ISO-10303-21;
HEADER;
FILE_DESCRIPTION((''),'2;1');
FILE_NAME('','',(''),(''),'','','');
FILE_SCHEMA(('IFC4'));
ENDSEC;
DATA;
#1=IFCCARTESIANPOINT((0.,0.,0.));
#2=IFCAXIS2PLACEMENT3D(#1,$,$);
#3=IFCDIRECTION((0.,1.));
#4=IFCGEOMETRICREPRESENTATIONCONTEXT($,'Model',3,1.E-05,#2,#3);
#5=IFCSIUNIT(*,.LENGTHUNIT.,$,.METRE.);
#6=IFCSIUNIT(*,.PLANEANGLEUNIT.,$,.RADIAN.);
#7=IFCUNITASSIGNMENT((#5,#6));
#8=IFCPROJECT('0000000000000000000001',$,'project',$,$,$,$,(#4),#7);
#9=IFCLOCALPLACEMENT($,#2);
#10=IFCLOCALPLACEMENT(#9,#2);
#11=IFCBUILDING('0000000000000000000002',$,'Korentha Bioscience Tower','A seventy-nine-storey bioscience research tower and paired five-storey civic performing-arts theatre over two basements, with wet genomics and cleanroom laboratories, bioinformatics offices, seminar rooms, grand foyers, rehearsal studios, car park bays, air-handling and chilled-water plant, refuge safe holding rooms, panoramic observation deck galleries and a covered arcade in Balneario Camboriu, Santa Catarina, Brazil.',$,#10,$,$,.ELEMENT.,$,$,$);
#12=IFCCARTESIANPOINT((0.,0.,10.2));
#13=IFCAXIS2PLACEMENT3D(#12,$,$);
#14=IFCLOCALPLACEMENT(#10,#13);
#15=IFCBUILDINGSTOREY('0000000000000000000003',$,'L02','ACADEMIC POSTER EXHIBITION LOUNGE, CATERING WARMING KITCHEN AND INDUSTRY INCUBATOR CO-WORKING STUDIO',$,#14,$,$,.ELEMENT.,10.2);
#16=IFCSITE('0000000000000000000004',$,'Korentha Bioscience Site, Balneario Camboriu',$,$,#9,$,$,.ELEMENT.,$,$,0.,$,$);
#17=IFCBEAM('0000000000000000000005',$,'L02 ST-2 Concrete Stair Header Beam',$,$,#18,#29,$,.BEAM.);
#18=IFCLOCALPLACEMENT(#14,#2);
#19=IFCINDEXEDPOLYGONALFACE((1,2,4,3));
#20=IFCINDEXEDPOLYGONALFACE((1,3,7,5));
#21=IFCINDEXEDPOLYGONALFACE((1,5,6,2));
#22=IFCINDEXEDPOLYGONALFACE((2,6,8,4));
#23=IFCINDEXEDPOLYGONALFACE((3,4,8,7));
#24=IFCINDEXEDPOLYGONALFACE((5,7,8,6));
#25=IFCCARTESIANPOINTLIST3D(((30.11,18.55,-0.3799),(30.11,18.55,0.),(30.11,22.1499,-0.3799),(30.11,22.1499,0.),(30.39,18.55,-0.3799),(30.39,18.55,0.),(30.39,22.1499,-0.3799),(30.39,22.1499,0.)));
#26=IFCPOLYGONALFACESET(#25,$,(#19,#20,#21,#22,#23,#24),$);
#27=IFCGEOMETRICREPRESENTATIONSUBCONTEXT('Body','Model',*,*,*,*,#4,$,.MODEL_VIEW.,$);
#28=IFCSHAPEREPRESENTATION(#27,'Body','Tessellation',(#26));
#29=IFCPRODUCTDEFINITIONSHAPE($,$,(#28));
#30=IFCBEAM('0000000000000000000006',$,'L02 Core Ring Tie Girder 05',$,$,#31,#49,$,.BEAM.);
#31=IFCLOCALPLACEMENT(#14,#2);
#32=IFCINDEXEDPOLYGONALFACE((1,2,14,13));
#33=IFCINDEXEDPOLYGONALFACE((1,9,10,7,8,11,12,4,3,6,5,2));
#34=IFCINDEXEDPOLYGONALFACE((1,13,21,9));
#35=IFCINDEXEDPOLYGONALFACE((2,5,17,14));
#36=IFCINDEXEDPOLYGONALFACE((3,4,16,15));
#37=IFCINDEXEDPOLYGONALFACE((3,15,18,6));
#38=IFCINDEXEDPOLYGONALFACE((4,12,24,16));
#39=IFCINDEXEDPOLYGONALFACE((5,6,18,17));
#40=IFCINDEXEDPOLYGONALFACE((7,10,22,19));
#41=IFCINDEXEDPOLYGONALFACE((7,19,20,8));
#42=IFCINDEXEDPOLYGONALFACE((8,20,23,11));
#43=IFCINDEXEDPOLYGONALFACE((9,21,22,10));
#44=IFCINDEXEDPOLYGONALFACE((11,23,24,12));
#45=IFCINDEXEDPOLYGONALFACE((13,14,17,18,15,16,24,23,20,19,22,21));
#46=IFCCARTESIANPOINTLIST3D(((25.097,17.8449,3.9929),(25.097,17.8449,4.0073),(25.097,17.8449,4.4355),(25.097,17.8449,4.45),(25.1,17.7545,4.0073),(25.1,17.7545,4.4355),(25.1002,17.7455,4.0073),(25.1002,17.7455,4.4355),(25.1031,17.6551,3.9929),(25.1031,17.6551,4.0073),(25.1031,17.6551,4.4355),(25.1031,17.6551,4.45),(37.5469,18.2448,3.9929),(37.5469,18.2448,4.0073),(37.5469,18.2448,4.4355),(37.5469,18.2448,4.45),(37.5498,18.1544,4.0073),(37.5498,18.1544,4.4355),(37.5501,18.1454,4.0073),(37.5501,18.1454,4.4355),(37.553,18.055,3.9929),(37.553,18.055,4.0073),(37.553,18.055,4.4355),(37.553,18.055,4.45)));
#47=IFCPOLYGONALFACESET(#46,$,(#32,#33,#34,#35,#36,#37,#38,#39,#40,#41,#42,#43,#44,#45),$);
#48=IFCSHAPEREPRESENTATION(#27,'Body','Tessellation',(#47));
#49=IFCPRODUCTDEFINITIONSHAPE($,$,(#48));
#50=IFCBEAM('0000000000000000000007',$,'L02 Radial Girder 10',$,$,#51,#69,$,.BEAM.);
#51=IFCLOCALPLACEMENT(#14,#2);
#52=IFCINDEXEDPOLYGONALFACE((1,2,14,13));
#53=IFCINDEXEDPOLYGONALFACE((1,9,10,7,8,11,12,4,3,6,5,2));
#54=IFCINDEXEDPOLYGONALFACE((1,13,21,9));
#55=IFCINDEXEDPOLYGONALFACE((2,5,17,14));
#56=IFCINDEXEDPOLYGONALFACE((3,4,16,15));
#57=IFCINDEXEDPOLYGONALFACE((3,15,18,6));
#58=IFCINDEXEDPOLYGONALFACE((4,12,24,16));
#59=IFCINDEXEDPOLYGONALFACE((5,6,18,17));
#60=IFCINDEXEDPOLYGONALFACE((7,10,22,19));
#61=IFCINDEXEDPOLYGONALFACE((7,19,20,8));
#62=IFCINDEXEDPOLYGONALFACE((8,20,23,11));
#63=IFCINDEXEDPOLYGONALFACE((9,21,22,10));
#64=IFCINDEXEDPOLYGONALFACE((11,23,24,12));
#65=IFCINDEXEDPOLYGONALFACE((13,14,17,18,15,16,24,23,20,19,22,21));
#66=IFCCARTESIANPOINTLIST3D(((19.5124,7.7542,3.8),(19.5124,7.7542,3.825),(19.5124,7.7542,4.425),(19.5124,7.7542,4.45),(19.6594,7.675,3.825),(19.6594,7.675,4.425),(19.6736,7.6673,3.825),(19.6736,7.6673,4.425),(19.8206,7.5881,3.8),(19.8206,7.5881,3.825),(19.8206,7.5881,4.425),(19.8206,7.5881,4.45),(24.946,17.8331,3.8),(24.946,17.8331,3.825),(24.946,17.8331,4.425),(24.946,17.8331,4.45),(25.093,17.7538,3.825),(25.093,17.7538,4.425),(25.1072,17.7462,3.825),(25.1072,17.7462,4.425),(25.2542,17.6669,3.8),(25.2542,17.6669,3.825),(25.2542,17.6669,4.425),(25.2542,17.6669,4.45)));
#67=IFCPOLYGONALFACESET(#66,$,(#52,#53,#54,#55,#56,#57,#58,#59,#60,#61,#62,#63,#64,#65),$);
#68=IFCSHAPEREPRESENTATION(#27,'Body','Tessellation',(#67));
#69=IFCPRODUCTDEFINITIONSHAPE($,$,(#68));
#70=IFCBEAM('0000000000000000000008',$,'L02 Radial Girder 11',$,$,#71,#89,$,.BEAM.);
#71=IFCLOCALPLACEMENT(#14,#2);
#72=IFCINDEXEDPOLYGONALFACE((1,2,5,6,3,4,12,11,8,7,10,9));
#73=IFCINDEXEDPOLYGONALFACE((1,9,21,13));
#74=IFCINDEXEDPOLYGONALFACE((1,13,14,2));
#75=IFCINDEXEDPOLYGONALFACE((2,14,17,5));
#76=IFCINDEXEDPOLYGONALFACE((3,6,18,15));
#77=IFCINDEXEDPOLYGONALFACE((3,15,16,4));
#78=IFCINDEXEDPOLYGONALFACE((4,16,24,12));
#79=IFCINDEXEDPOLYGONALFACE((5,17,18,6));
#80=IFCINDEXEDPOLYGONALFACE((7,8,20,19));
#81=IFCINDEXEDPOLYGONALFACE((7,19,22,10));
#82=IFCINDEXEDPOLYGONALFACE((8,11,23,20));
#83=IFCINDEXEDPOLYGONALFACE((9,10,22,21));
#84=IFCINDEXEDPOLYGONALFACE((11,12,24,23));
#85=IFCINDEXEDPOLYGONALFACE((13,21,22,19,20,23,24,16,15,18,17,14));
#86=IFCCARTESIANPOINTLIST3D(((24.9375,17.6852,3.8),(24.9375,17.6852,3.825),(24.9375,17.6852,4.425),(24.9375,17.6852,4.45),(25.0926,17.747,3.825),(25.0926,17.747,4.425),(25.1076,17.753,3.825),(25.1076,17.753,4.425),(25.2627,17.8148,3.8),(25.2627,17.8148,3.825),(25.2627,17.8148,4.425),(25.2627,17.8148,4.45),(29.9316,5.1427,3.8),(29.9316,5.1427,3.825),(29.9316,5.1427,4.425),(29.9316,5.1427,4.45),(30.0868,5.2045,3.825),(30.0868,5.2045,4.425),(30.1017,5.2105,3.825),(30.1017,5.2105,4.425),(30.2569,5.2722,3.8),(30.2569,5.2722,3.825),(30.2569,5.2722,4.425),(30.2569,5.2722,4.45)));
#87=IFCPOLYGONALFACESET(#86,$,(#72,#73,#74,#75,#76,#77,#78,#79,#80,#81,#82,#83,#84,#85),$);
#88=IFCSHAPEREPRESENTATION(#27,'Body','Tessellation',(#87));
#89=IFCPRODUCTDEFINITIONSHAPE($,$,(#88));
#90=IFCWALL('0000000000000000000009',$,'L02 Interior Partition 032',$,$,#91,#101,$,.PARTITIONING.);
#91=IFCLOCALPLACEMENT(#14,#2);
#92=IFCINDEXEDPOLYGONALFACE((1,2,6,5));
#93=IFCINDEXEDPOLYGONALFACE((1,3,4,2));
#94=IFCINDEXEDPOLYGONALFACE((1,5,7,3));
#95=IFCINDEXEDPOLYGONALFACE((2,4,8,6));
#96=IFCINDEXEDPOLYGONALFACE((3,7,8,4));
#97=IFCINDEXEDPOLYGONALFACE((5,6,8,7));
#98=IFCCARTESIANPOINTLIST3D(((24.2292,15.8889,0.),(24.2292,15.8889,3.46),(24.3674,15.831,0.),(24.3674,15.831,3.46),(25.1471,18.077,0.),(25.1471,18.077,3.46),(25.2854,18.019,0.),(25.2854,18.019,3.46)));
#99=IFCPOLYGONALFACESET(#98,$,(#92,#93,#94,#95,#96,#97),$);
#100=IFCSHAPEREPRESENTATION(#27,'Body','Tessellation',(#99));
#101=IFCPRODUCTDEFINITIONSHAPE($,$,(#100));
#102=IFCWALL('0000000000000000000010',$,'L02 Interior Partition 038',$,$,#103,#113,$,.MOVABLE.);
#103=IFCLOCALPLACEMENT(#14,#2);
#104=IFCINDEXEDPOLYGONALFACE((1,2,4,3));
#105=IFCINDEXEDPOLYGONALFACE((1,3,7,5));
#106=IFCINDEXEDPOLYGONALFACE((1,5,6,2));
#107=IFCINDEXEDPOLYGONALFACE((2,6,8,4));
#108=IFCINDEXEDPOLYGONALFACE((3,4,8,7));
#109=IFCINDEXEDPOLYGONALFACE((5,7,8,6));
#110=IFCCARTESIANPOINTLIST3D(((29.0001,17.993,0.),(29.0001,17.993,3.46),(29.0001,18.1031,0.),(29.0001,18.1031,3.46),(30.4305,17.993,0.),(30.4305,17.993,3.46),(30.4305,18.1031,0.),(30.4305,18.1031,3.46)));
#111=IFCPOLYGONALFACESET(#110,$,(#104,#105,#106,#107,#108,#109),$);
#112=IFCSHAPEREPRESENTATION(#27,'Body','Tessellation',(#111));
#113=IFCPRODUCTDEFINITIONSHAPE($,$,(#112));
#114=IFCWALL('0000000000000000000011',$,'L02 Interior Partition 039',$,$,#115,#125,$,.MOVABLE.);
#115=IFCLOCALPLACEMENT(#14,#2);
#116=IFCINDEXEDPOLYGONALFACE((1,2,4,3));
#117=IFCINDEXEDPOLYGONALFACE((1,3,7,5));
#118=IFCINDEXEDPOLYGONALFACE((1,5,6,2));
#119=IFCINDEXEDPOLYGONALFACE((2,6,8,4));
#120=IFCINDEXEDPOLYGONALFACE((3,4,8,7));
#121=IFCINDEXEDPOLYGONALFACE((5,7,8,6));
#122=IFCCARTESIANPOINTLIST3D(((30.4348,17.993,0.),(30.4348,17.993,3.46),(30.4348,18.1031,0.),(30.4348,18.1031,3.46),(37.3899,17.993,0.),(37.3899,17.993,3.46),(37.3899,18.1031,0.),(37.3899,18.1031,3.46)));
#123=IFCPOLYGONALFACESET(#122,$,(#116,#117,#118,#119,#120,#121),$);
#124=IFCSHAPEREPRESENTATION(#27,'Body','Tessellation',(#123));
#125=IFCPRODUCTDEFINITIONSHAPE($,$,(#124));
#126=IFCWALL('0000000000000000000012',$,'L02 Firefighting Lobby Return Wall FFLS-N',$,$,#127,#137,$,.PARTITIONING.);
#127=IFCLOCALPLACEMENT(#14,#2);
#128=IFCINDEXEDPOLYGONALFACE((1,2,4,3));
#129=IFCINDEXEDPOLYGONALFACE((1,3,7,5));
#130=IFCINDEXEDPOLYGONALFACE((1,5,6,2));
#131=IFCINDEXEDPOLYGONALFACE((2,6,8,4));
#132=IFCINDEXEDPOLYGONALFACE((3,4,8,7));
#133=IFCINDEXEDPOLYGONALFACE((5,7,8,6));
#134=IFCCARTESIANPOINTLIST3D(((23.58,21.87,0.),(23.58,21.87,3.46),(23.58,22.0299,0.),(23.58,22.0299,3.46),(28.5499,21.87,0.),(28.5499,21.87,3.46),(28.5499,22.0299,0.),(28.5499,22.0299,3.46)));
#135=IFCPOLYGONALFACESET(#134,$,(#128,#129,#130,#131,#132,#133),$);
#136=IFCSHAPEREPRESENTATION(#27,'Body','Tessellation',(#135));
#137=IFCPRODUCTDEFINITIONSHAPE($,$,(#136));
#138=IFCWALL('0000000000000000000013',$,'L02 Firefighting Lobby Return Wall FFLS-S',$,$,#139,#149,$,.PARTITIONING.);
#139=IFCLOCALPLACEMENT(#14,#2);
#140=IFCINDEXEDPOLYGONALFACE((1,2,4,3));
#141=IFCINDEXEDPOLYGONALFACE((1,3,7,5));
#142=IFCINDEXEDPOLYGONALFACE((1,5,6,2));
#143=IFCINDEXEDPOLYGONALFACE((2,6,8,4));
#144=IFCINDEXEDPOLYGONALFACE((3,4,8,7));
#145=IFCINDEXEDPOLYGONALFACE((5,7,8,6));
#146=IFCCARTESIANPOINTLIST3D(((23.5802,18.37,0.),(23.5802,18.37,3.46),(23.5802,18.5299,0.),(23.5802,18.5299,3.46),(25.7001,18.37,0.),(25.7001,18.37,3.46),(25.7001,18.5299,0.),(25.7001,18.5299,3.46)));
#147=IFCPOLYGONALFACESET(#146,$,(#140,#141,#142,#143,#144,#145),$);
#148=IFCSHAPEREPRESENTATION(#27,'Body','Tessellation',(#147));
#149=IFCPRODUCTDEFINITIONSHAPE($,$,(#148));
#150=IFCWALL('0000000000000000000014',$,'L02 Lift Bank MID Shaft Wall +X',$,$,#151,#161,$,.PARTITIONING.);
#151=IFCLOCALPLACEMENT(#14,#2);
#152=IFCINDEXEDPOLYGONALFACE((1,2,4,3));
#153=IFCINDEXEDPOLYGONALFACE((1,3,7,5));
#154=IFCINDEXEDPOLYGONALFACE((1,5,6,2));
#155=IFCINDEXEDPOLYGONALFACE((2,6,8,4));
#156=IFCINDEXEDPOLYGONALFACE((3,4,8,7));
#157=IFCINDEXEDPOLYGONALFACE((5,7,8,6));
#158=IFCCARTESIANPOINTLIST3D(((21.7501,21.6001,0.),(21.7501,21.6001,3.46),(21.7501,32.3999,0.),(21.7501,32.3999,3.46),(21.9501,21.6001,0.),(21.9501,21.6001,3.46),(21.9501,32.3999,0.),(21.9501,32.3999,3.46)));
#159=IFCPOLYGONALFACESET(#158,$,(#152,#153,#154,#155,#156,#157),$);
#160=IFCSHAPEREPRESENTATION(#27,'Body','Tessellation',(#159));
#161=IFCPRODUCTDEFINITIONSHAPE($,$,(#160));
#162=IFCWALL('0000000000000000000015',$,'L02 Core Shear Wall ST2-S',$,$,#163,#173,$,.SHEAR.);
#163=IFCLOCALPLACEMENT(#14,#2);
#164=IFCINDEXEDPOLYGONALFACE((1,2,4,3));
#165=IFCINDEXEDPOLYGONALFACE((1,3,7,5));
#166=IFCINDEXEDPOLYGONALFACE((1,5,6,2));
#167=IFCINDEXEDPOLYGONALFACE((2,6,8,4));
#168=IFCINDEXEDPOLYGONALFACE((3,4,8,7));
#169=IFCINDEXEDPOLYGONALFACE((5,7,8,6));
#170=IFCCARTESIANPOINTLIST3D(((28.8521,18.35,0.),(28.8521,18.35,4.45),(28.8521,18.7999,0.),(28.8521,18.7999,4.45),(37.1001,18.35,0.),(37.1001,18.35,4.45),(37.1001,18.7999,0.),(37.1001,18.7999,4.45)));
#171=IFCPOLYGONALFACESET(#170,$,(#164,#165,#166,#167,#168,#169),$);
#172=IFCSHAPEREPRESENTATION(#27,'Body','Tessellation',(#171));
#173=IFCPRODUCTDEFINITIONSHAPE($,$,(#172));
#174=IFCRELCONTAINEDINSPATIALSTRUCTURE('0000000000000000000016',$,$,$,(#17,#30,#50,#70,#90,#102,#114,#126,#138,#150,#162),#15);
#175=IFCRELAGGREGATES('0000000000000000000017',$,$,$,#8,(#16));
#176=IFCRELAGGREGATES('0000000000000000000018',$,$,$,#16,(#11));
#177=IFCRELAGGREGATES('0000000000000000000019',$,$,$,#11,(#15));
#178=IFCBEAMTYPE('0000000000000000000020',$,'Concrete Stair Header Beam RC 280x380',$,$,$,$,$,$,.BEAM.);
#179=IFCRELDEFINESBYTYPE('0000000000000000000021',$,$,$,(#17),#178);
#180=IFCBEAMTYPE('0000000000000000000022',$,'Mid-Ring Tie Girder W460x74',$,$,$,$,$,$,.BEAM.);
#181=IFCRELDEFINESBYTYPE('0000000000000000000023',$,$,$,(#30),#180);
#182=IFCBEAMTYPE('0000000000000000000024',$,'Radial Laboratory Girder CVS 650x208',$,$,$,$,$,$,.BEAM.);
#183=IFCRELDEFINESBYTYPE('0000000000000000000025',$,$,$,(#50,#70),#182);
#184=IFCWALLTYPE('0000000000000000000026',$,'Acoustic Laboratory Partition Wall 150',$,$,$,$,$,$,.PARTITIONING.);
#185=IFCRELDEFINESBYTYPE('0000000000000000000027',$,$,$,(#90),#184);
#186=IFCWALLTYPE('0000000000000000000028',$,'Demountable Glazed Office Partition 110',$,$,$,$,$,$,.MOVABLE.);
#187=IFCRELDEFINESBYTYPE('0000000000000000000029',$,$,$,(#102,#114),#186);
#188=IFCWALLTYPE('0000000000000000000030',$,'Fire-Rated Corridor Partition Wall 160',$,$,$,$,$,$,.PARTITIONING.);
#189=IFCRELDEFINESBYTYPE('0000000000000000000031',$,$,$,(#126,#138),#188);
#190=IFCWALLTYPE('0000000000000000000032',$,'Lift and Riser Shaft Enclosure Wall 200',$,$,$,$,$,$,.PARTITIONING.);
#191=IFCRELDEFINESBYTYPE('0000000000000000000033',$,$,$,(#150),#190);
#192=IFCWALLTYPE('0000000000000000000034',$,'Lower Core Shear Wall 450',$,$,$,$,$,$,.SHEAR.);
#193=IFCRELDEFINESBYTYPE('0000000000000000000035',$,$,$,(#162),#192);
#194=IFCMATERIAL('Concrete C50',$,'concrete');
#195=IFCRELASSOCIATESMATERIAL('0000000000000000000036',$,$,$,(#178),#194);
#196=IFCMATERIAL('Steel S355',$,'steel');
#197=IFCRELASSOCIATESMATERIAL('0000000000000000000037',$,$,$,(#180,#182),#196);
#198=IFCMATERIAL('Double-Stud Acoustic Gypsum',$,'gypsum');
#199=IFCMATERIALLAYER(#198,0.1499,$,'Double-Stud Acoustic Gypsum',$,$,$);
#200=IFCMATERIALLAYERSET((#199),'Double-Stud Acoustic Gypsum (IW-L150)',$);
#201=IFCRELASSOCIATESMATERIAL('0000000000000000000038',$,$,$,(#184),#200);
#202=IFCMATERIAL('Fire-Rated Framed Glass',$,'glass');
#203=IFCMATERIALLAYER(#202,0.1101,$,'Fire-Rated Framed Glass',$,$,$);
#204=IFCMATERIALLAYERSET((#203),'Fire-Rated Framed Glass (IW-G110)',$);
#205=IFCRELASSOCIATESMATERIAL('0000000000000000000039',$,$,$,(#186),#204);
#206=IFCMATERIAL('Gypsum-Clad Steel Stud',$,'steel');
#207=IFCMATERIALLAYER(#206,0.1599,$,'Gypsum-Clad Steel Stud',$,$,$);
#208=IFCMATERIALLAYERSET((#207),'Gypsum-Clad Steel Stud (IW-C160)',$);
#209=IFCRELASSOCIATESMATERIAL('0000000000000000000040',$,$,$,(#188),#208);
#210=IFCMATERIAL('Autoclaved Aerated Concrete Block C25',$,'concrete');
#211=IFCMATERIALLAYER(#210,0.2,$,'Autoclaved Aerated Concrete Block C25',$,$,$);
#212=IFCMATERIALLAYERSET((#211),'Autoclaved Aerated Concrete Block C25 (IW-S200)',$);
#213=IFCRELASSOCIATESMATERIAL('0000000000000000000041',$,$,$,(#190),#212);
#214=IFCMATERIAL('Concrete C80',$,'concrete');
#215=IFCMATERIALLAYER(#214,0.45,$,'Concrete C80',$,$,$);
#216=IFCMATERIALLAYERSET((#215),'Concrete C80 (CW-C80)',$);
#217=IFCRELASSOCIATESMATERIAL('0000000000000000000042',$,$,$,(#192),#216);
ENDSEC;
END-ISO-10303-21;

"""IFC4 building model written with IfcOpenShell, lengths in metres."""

from ifc_helpers import new_model, si_unit, direction, frame, frame_2d, origin, origin_2d, place, context, subcontext, project, spatial, rectangle, i_section, extrude, material, layer, layer_set, material_profile, profile_set, type_object, element, save


model = new_model("IFC4")

# Units and contexts
model_context = context("Model", 3, precision=1e-05, world=origin(), true_north=direction((0.0, 1.0)))
body_context = subcontext(model_context, "Body", "Model", "MODEL_VIEW")
ifc_project = project(units=[si_unit("LENGTHUNIT", "METRE"), si_unit("PLANEANGLEUNIT", "RADIAN")], contexts=[model_context])

# Site, building, storey
site_placement = place(None, origin())
site = spatial("IfcSite", under=ifc_project, at=site_placement, Name="Korentha Bioscience Site, Balneario Camboriu", CompositionType="ELEMENT", RefElevation=0.0)
building_placement = place(site_placement, origin())
building = spatial("IfcBuilding", under=site, at=building_placement, Name="Korentha Bioscience Tower", Description="A seventy-nine-storey bioscience research tower and paired five-storey civic performing-arts theatre over two basements, with wet genomics and cleanroom laboratories, bioinformatics offices, seminar rooms, grand foyers, rehearsal studios, car park bays, air-handling and chilled-water plant, refuge safe holding rooms, panoramic observation deck galleries and a covered arcade in Balneario Camboriu, Santa Catarina, Brazil.", CompositionType="ELEMENT")
storey_placement = place(building_placement, frame((0.0, 0.0, 10.2)))
storey = spatial("IfcBuildingStorey", under=building, at=storey_placement, Name="L02", Description="ACADEMIC POSTER EXHIBITION LOUNGE, CATERING WARMING KITCHEN AND INDUSTRY INCUBATOR CO-WORKING STUDIO", CompositionType="ELEMENT", Elevation=10.2)

# Beams
ifc_material_1 = material(Name="Concrete C50", Category="concrete")
ifc_material_profile_1 = material_profile(ifc_material_1, rectangle(XDim=0.28, YDim=0.3799, at=origin_2d()), Name="Concrete C50")
ifc_profile_set_1 = profile_set([ifc_material_profile_1], Name="Concrete C50 (ST-HB380)")
beam_type_1 = type_object("IfcBeamType", Name="Concrete Stair Header Beam RC 280x380", PredefinedType="BEAM", material=ifc_profile_set_1)
beam_1_placement = place(storey_placement, frame((30.25, 18.55, -0.1899), z_axis=(0.0, 1.0, 0.0), x_axis=(-1.0, 0.0, 0.0)))
element("IfcBeam", 1, at=beam_1_placement, inside=storey, type_object=beam_type_1, Name="L02 ST-2 Concrete Stair Header Beam", PredefinedType="BEAM", context=body_context, shape_type="SweptSolid", body=[
    extrude(rectangle(XDim=0.28, YDim=0.3799, at=origin_2d()), origin(), (0.0, 0.0, 1.0), 3.5999),
])
ifc_material_2 = material(Name="Steel S355", Category="steel")
ifc_material_profile_2 = material_profile(ifc_material_2, i_section(OverallWidth=0.1899, OverallDepth=0.457, WebThickness=0.009, FlangeThickness=0.0144, at=origin_2d()), Name="Steel S355")
ifc_profile_set_2 = profile_set([ifc_material_profile_2], Name="Steel S355 (MB-460)")
beam_type_2 = type_object("IfcBeamType", Name="Mid-Ring Tie Girder W460x74", PredefinedType="BEAM", material=ifc_profile_set_2)
beam_2_placement = place(storey_placement, frame((25.1001, 17.75, 4.2214), z_axis=(0.999485, 0.032104, 0.0), x_axis=(-0.032104, 0.999485, 0.0)))
element("IfcBeam", 2, at=beam_2_placement, inside=storey, type_object=beam_type_2, Name="L02 Core Ring Tie Girder 05", PredefinedType="BEAM", context=body_context, shape_type="SweptSolid", body=[
    extrude(i_section(OverallWidth=0.1899, OverallDepth=0.457, WebThickness=0.009, FlangeThickness=0.0144, at=origin_2d()), origin(), (0.0, 0.0, 1.0), 12.4563),
])
ifc_material_profile_3 = material_profile(ifc_material_2, i_section(OverallWidth=0.3501, OverallDepth=0.6499, WebThickness=0.0161, FlangeThickness=0.0249, at=origin_2d()), Name="Steel S355")
ifc_profile_set_3 = profile_set([ifc_material_profile_3], Name="Steel S355 (RB-650)")
beam_type_3 = type_object("IfcBeamType", Name="Radial Laboratory Girder CVS 650x208", PredefinedType="BEAM", material=ifc_profile_set_3)
beam_3_placement = place(storey_placement, frame((25.1001, 17.75, 4.125), z_axis=(-0.474541, -0.880233, 0.0), x_axis=(0.880233, -0.474541, 0.0)))
element("IfcBeam", 3, at=beam_3_placement, inside=storey, type_object=beam_type_3, Name="L02 Radial Girder 10", PredefinedType="BEAM", context=body_context, shape_type="SweptSolid", body=[
    extrude(i_section(OverallWidth=0.3501, OverallDepth=0.6499, WebThickness=0.0161, FlangeThickness=0.0249, at=origin_2d()), origin(), (0.0, 0.0, 1.0), 11.4502),
])
beam_4_placement = place(storey_placement, frame((25.1001, 17.75, 4.125), z_axis=(0.369931, -0.929059, 0.0), x_axis=(0.929059, 0.369931, 0.0)))
element("IfcBeam", 4, at=beam_4_placement, inside=storey, type_object=beam_type_3, Name="L02 Radial Girder 11", PredefinedType="BEAM", context=body_context, shape_type="SweptSolid", body=[
    extrude(i_section(OverallWidth=0.3501, OverallDepth=0.6499, WebThickness=0.0161, FlangeThickness=0.0249, at=origin_2d()), origin(), (0.0, 0.0, 1.0), 13.5002),
])

# Walls
ifc_material_3 = material(Name="Double-Stud Acoustic Gypsum", Category="gypsum")
ifc_layer_1 = layer(ifc_material_3, 0.1499, Name="Double-Stud Acoustic Gypsum")
ifc_layer_set_1 = layer_set([ifc_layer_1], Name="Double-Stud Acoustic Gypsum (IW-L150)")
wall_type_1 = type_object("IfcWallType", Name="Acoustic Laboratory Partition Wall 150", PredefinedType="PARTITIONING", material=ifc_layer_set_1)
wall_1_placement = place(storey_placement, frame((25.2163, 18.0481, 0.0), z_axis=(0.0, 0.0, 1.0), x_axis=(-0.386879, -0.92213, 0.0)))
element("IfcWall", 5, at=wall_1_placement, inside=storey, type_object=wall_type_1, Name="L02 Interior Partition 032", PredefinedType="PARTITIONING", context=body_context, shape_type="SweptSolid", body=[
    extrude(rectangle(XDim=2.3728, YDim=0.1499, at=frame_2d((1.1865, 0.0))), origin(), (0.0, 0.0, 1.0), 3.46),
])
ifc_material_4 = material(Name="Fire-Rated Framed Glass", Category="glass")
ifc_layer_2 = layer(ifc_material_4, 0.1101, Name="Fire-Rated Framed Glass")
ifc_layer_set_2 = layer_set([ifc_layer_2], Name="Fire-Rated Framed Glass (IW-G110)")
wall_type_2 = type_object("IfcWallType", Name="Demountable Glazed Office Partition 110", PredefinedType="MOVABLE", material=ifc_layer_set_2)
wall_2_placement = place(storey_placement, frame((29.0, 18.0481, 0.0), z_axis=(0.0, 0.0, 1.0), x_axis=(1.0, 0.0, 0.0)))
element("IfcWall", 6, at=wall_2_placement, inside=storey, type_object=wall_type_2, Name="L02 Interior Partition 038", PredefinedType="MOVABLE", context=body_context, shape_type="SweptSolid", body=[
    extrude(rectangle(XDim=1.4304, YDim=0.1101, at=frame_2d((0.7153, 0.0))), origin(), (0.0, 0.0, 1.0), 3.46),
])
wall_3_placement = place(storey_placement, frame((30.4348, 18.0481, 0.0), z_axis=(0.0, 0.0, 1.0), x_axis=(1.0, 0.0, 0.0)))
element("IfcWall", 7, at=wall_3_placement, inside=storey, type_object=wall_type_2, Name="L02 Interior Partition 039", PredefinedType="MOVABLE", context=body_context, shape_type="SweptSolid", body=[
    extrude(rectangle(XDim=6.9551, YDim=0.1101, at=frame_2d((3.4775, 0.0))), origin(), (0.0, 0.0, 1.0), 3.46),
])

# Shared definitions
ifc_material_5 = material(Name="Gypsum-Clad Steel Stud", Category="steel")
ifc_layer_3 = layer(ifc_material_5, 0.1599, Name="Gypsum-Clad Steel Stud")
ifc_layer_set_3 = layer_set([ifc_layer_3], Name="Gypsum-Clad Steel Stud (IW-C160)")
wall_type_3 = type_object("IfcWallType", Name="Fire-Rated Corridor Partition Wall 160", PredefinedType="PARTITIONING", material=ifc_layer_set_3)

# Walls
wall_4_placement = place(storey_placement, frame((23.5801, 21.95, 0.0), z_axis=(0.0, 0.0, 1.0), x_axis=(1.0, 0.0, 0.0)))
element("IfcWall", 8, at=wall_4_placement, inside=storey, type_object=wall_type_3, Name="L02 Firefighting Lobby Return Wall FFLS-N", PredefinedType="PARTITIONING", context=body_context, shape_type="SweptSolid", body=[
    extrude(rectangle(XDim=4.97, YDim=0.1599, at=frame_2d((2.4849, 0.0))), origin(), (0.0, 0.0, 1.0), 3.46),
])
wall_5_placement = place(storey_placement, frame((23.5801, 18.45, 0.0), z_axis=(0.0, 0.0, 1.0), x_axis=(1.0, 0.0, 0.0)))
element("IfcWall", 9, at=wall_5_placement, inside=storey, type_object=wall_type_3, Name="L02 Firefighting Lobby Return Wall FFLS-S", PredefinedType="PARTITIONING", context=body_context, shape_type="SweptSolid", body=[
    extrude(rectangle(XDim=2.1199, YDim=0.1599, at=frame_2d((1.0601, 0.0))), origin(), (0.0, 0.0, 1.0), 3.46),
])
ifc_material_6 = material(Name="Autoclaved Aerated Concrete Block C25", Category="concrete")
ifc_layer_4 = layer(ifc_material_6, 0.2, Name="Autoclaved Aerated Concrete Block C25")
ifc_layer_set_4 = layer_set([ifc_layer_4], Name="Autoclaved Aerated Concrete Block C25 (IW-S200)")
wall_type_4 = type_object("IfcWallType", Name="Lift and Riser Shaft Enclosure Wall 200", PredefinedType="PARTITIONING", material=ifc_layer_set_4)
wall_6_placement = place(storey_placement, frame((21.8501, 21.6001, 0.0), z_axis=(0.0, 0.0, 1.0), x_axis=(0.0, 1.0, 0.0)))
element("IfcWall", 10, at=wall_6_placement, inside=storey, type_object=wall_type_4, Name="L02 Lift Bank MID Shaft Wall +X", PredefinedType="PARTITIONING", context=body_context, shape_type="SweptSolid", body=[
    extrude(rectangle(XDim=10.7998, YDim=0.2, at=frame_2d((5.3999, 0.0))), origin(), (0.0, 0.0, 1.0), 3.46),
])
ifc_material_7 = material(Name="Concrete C80", Category="concrete")
ifc_layer_5 = layer(ifc_material_7, 0.45, Name="Concrete C80")
ifc_layer_set_5 = layer_set([ifc_layer_5], Name="Concrete C80 (CW-C80)")
wall_type_5 = type_object("IfcWallType", Name="Lower Core Shear Wall 450", PredefinedType="SHEAR", material=ifc_layer_set_5)
wall_7_placement = place(storey_placement, frame((28.8521, 18.575, 0.0), z_axis=(0.0, 0.0, 1.0), x_axis=(1.0, 0.0, 0.0)))
element("IfcWall", 11, at=wall_7_placement, inside=storey, type_object=wall_type_5, Name="L02 Core Shear Wall ST2-S", PredefinedType="SHEAR", context=body_context, shape_type="SweptSolid", body=[
    extrude(rectangle(XDim=8.248, YDim=0.45, at=frame_2d((4.124, 0.0))), origin(), (0.0, 0.0, 1.0), 4.45),
])

save(model, "model.ifc")
